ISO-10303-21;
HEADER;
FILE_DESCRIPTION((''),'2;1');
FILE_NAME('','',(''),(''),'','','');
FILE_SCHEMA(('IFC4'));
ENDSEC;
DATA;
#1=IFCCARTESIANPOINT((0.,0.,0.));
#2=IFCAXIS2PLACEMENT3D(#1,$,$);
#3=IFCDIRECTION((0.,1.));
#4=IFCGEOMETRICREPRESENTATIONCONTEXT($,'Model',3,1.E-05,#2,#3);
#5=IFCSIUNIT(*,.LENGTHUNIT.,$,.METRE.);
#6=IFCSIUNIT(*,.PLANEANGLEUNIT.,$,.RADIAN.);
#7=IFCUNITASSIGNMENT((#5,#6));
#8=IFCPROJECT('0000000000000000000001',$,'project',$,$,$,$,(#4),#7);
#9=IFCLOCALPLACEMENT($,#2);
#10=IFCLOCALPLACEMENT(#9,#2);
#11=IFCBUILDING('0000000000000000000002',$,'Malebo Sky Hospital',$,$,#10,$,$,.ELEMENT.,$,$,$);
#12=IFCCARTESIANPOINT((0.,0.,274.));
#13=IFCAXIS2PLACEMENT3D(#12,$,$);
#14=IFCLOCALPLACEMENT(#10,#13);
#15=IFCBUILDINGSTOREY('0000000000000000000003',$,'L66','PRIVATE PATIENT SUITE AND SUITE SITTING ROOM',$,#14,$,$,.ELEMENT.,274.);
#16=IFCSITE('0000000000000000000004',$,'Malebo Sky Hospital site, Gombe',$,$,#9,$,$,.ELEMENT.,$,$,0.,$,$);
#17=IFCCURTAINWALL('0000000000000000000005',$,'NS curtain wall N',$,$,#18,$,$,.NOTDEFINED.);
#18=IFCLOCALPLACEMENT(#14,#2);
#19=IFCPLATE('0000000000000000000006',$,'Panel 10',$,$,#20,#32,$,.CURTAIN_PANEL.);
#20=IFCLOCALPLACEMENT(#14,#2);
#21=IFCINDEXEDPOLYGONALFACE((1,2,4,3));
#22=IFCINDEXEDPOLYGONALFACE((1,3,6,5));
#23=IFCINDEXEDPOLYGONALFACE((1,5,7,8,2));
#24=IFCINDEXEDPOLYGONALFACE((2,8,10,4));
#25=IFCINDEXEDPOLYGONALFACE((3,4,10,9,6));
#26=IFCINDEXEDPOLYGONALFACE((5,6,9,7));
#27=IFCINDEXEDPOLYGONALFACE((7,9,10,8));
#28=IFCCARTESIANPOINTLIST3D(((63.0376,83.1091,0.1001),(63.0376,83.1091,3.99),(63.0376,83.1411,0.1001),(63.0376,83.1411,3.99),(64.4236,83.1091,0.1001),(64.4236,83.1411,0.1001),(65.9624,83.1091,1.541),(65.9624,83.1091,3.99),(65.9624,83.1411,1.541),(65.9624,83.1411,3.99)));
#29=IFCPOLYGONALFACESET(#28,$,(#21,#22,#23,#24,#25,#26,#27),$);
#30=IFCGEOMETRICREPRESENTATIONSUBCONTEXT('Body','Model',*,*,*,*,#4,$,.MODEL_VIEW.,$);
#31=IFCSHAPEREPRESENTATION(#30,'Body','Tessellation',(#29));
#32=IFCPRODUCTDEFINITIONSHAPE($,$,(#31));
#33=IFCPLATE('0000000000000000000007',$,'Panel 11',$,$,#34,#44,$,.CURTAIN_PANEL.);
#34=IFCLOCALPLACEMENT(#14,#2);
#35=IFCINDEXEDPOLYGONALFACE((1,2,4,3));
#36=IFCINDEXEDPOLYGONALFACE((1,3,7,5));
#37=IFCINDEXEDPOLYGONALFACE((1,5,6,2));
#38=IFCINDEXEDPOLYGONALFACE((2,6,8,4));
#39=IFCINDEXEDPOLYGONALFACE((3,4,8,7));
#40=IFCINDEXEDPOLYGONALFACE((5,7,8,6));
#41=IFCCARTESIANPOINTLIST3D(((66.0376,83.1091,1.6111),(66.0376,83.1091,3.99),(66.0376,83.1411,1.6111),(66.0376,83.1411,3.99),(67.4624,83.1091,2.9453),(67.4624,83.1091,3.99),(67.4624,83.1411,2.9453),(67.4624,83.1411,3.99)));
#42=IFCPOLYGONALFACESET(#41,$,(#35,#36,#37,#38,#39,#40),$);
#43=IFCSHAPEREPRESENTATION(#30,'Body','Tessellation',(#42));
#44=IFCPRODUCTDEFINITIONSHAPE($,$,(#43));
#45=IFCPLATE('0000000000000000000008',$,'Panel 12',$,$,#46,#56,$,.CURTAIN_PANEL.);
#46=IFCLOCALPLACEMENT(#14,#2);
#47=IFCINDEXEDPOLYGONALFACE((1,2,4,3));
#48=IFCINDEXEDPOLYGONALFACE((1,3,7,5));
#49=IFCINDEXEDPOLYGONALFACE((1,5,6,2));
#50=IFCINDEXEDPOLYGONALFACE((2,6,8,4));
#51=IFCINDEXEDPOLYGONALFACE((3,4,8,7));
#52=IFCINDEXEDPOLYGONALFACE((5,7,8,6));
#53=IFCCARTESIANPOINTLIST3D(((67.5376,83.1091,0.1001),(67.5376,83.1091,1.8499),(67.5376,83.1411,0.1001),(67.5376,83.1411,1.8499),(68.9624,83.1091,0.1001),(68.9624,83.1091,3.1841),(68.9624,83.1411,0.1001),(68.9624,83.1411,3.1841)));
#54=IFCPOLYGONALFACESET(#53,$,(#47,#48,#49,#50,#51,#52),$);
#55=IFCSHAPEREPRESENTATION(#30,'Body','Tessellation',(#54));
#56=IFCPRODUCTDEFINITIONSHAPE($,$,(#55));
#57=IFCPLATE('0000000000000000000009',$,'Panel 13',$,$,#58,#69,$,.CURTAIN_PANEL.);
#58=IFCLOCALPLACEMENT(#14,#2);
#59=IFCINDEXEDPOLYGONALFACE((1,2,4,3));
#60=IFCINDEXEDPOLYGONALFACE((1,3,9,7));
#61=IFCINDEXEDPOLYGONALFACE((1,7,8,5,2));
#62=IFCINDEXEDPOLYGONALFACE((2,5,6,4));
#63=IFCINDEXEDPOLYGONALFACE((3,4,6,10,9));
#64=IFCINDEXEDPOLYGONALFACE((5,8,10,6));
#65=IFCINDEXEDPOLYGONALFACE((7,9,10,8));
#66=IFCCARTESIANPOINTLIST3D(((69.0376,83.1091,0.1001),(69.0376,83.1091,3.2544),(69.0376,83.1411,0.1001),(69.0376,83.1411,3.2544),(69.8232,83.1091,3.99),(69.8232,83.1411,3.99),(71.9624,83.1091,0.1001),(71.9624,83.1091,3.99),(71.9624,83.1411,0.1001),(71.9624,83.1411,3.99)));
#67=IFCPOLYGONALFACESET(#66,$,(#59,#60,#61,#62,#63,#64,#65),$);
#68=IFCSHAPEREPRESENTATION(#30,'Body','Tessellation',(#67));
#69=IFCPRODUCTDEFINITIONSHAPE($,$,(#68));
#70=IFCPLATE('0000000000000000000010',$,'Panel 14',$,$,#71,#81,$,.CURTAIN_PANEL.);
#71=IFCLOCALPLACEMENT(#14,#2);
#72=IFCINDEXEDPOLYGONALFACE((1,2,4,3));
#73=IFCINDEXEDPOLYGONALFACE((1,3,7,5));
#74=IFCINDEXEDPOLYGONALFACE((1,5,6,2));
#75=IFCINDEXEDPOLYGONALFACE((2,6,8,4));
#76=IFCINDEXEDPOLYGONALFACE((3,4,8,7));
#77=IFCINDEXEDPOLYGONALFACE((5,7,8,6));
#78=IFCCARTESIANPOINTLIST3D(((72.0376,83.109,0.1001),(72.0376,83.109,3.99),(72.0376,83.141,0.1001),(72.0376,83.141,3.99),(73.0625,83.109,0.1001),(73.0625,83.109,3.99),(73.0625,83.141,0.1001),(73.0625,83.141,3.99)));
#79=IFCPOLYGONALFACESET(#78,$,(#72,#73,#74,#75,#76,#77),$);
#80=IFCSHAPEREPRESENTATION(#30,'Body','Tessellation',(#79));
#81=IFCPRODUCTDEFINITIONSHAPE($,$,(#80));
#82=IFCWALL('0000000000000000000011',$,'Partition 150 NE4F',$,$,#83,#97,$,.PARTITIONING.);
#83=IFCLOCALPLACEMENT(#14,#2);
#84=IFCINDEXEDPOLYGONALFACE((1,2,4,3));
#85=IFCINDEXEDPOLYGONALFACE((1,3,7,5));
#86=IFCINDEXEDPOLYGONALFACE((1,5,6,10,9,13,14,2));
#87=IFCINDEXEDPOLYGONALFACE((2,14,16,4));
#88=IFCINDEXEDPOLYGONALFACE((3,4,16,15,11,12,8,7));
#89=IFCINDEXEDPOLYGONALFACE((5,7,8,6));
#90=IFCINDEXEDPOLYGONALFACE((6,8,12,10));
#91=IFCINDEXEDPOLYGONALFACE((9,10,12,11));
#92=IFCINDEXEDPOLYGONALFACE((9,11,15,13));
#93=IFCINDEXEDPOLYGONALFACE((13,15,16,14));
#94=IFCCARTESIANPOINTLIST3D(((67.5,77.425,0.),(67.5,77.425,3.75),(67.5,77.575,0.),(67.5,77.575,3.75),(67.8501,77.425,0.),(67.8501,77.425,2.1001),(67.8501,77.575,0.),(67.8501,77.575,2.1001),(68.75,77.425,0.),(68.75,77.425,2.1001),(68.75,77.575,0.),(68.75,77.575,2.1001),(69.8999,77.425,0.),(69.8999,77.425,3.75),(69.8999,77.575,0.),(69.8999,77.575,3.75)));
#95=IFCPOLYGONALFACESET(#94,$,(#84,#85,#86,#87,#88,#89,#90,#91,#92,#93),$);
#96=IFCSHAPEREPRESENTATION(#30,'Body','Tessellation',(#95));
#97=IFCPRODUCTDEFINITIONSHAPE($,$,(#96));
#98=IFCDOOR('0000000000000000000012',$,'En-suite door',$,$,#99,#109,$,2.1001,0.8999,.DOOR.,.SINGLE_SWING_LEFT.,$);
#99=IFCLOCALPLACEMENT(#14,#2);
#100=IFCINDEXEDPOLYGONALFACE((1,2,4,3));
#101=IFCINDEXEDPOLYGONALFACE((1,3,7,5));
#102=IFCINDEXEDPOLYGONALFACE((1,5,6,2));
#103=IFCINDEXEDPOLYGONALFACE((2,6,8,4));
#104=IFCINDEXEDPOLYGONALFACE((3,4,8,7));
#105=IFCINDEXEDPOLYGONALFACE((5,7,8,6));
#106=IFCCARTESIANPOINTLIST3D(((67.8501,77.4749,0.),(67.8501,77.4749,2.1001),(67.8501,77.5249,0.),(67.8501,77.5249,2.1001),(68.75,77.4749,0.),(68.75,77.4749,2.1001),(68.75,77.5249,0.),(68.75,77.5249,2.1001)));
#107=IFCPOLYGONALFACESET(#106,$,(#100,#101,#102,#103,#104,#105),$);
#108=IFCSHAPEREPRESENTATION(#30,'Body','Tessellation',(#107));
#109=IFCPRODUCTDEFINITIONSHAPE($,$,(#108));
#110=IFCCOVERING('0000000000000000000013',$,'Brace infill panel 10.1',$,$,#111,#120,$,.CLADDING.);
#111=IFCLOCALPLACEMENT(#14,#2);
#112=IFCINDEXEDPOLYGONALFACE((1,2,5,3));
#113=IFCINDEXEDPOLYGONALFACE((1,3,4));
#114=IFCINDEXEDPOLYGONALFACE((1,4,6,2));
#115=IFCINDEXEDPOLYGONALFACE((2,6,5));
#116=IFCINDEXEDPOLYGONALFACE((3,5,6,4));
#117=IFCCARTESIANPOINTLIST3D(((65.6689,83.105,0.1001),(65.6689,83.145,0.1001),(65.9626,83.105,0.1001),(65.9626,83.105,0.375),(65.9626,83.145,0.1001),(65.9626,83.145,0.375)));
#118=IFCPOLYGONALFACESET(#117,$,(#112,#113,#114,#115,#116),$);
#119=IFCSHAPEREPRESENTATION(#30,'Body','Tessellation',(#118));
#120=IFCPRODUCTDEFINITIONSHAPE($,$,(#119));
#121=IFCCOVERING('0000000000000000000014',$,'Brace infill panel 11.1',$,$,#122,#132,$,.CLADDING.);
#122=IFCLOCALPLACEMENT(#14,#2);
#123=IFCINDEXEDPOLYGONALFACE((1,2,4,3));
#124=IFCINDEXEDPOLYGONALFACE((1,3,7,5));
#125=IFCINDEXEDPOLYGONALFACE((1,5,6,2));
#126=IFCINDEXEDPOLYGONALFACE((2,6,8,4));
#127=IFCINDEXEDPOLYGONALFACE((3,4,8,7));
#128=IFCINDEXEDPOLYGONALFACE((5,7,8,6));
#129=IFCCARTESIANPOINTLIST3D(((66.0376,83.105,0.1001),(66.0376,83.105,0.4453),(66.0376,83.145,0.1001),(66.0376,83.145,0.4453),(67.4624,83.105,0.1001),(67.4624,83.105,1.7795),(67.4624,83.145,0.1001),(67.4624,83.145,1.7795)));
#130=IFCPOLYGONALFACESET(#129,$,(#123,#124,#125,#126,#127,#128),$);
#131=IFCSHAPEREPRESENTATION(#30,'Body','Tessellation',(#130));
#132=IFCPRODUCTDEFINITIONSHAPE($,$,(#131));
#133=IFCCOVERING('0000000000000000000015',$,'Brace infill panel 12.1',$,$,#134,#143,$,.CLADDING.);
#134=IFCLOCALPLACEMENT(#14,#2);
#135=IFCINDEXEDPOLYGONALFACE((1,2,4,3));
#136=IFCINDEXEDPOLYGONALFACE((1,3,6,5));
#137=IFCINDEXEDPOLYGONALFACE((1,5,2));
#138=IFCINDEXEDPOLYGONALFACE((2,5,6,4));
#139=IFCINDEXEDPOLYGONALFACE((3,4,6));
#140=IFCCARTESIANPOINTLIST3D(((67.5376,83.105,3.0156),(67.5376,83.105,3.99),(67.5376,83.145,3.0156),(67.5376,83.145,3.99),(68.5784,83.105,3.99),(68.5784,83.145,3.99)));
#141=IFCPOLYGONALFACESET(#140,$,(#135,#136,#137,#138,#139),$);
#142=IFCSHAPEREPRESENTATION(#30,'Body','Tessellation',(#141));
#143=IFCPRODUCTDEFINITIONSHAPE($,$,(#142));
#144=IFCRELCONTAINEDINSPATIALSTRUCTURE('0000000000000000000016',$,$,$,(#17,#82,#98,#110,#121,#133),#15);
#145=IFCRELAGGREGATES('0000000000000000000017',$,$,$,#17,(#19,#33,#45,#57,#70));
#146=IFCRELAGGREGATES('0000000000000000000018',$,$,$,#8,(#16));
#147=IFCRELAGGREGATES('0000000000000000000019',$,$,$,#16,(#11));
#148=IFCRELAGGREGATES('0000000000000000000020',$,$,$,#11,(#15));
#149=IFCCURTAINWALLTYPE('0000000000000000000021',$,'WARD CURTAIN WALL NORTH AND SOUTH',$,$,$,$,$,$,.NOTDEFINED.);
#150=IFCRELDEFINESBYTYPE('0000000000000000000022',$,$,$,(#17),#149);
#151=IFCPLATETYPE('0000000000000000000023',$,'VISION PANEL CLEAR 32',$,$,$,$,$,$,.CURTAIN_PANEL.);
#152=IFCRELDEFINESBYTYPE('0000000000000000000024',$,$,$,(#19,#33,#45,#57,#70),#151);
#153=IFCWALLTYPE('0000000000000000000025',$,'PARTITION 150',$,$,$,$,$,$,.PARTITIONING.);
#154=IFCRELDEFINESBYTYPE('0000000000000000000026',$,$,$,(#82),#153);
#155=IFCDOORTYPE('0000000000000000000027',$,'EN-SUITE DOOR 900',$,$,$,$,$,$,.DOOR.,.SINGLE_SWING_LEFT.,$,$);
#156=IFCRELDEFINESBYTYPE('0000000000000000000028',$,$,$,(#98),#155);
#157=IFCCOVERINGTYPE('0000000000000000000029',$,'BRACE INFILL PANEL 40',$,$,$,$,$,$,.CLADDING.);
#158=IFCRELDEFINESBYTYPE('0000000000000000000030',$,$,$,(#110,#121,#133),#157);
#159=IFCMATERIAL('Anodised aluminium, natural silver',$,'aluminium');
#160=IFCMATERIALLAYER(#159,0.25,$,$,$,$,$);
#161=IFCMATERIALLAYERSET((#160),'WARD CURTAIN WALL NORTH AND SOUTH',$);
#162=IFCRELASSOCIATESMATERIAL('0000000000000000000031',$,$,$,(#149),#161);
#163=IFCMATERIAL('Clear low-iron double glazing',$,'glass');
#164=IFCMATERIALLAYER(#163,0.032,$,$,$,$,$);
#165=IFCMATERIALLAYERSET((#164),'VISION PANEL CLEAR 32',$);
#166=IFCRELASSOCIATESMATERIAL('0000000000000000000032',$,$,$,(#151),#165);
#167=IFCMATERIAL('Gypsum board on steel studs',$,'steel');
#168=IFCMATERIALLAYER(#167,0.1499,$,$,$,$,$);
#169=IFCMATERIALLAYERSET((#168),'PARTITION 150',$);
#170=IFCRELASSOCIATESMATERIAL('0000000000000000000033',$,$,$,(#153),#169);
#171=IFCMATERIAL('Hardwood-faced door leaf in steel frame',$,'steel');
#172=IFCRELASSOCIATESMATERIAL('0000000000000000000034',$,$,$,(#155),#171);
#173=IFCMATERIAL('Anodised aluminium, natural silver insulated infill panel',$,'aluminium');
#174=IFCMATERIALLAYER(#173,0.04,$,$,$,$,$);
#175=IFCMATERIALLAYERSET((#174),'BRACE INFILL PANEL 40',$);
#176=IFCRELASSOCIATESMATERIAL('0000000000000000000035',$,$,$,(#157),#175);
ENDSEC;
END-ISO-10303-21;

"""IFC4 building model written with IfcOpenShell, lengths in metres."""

from ifc_helpers import new_model, si_unit, direction, frame, frame_2d, origin, origin_2d, place, context, subcontext, project, spatial, polyline, rectangle, outline, extrude, material, layer, layer_set, type_object, element, fill, aggregate, save


model = new_model("IFC4")

# Units and contexts
model_context = context("Model", 3, precision=1e-05, world=origin(), true_north=direction((0.0, 1.0)))
body_context = subcontext(model_context, "Body", "Model", "MODEL_VIEW")
ifc_project = project(units=[si_unit("LENGTHUNIT", "METRE"), si_unit("PLANEANGLEUNIT", "RADIAN")], contexts=[model_context])

# Site, building, storey
site_placement = place(None, origin())
site = spatial("IfcSite", under=ifc_project, at=site_placement, Name="Malebo Sky Hospital site, Gombe", CompositionType="ELEMENT", RefElevation=0.0)
building_placement = place(site_placement, origin())
building = spatial("IfcBuilding", under=site, at=building_placement, Name="Malebo Sky Hospital", CompositionType="ELEMENT")
storey_placement = place(building_placement, frame((0.0, 0.0, 274.0)))
storey = spatial("IfcBuildingStorey", under=building, at=storey_placement, Name="L66", Description="PRIVATE PATIENT SUITE AND SUITE SITTING ROOM", CompositionType="ELEMENT", Elevation=274.0)

# Curtain wall
ifc_material_1 = material(Name="Anodised aluminium, natural silver", Category="aluminium")
ifc_layer_1 = layer(ifc_material_1, 0.25)
ifc_layer_set_1 = layer_set([ifc_layer_1], Name="WARD CURTAIN WALL NORTH AND SOUTH")
curtain_wall_type = type_object("IfcCurtainWallType", Name="WARD CURTAIN WALL NORTH AND SOUTH", PredefinedType="NOTDEFINED", material=ifc_layer_set_1)
curtain_wall_placement = place(storey_placement, origin())
curtain_wall = element("IfcCurtainWall", 1, at=curtain_wall_placement, inside=storey, type_object=curtain_wall_type, Name="NS curtain wall N", PredefinedType="NOTDEFINED")

# Plates
ifc_material_2 = material(Name="Clear low-iron double glazing", Category="glass")
ifc_layer_2 = layer(ifc_material_2, 0.032)
ifc_layer_set_2 = layer_set([ifc_layer_2], Name="VISION PANEL CLEAR 32")
plate_type = type_object("IfcPlateType", Name="VISION PANEL CLEAR 32", PredefinedType="CURTAIN_PANEL", material=ifc_layer_set_2)
plate_1_placement = place(storey_placement, frame((64.5, 83.125, 0.1001), z_axis=(0.0, 0.0, 1.0), x_axis=(1.0, 0.0, 0.0)))
plate_1 = element("IfcPlate", 2, at=plate_1_placement, type_object=plate_type, Name="Panel 10", PredefinedType="CURTAIN_PANEL", context=body_context, shape_type="SweptSolid", body=[
    extrude(outline(polyline([(-1.4624, 0.0), (-0.0764, 0.0), (1.4624, 1.4409), (1.4624, 3.8899), (-1.4624, 3.8899), (-1.4624, 0.0)])), frame((0.0, 0.0161, 0.0), z_axis=(0.0, -1.0, 0.0), x_axis=(1.0, 0.0, 0.0)), (0.0, 0.0, 1.0), 0.032),
])
plate_2_placement = place(storey_placement, frame((66.75, 83.125, 1.6111), z_axis=(0.0, 0.0, 1.0), x_axis=(1.0, 0.0, 0.0)))
plate_2 = element("IfcPlate", 3, at=plate_2_placement, type_object=plate_type, Name="Panel 11", PredefinedType="CURTAIN_PANEL", context=body_context, shape_type="SweptSolid", body=[
    extrude(outline(polyline([(-0.7124, 0.0), (0.7124, 1.3342), (0.7124, 2.3789), (-0.7124, 2.3789), (-0.7124, 0.0)])), frame((0.0, 0.0161, 0.0), z_axis=(0.0, -1.0, 0.0), x_axis=(1.0, 0.0, 0.0)), (0.0, 0.0, 1.0), 0.032),
])
plate_3_placement = place(storey_placement, frame((68.25, 83.125, 0.1001), z_axis=(0.0, 0.0, 1.0), x_axis=(1.0, 0.0, 0.0)))
plate_3 = element("IfcPlate", 4, at=plate_3_placement, type_object=plate_type, Name="Panel 12", PredefinedType="CURTAIN_PANEL", context=body_context, shape_type="SweptSolid", body=[
    extrude(outline(polyline([(-0.7124, 0.0), (0.7124, 0.0), (0.7124, 3.084), (-0.7124, 1.7498), (-0.7124, 0.0)])), frame((0.0, 0.0161, 0.0), z_axis=(0.0, -1.0, 0.0), x_axis=(1.0, 0.0, 0.0)), (0.0, 0.0, 1.0), 0.032),
])
plate_4_placement = place(storey_placement, frame((70.5, 83.125, 0.1001), z_axis=(0.0, 0.0, 1.0), x_axis=(1.0, 0.0, 0.0)))
plate_4 = element("IfcPlate", 5, at=plate_4_placement, type_object=plate_type, Name="Panel 13", PredefinedType="CURTAIN_PANEL", context=body_context, shape_type="SweptSolid", body=[
    extrude(outline(polyline([(-1.4624, 0.0), (1.4624, 0.0), (1.4624, 3.8899), (-0.6768, 3.8899), (-1.4624, 3.1543), (-1.4624, 0.0)])), frame((0.0, 0.0161, 0.0), z_axis=(0.0, -1.0, 0.0), x_axis=(1.0, 0.0, 0.0)), (0.0, 0.0, 1.0), 0.032),
])
plate_5_placement = place(storey_placement, frame((72.55, 83.125, 0.1001), z_axis=(0.0, 0.0, 1.0), x_axis=(1.0, 0.0, 0.0)))
plate_5 = element("IfcPlate", 6, at=plate_5_placement, type_object=plate_type, Name="Panel 14", PredefinedType="CURTAIN_PANEL", context=body_context, shape_type="SweptSolid", body=[
    extrude(rectangle(XDim=1.0249, YDim=0.032, at=origin_2d()), origin(), (0.0, 0.0, 1.0), 3.8899),
])
aggregate(curtain_wall, [plate_1, plate_2, plate_3, plate_4, plate_5])

# Wall, opening, door
ifc_material_3 = material(Name="Gypsum board on steel studs", Category="steel")
ifc_layer_3 = layer(ifc_material_3, 0.1499)
ifc_layer_set_3 = layer_set([ifc_layer_3], Name="PARTITION 150")
wall_type = type_object("IfcWallType", Name="PARTITION 150", PredefinedType="PARTITIONING", material=ifc_layer_set_3)
wall_placement = place(storey_placement, frame((67.5, 77.5, 0.0), z_axis=(0.0, 0.0, 1.0), x_axis=(1.0, 0.0, 0.0)))
wall = element("IfcWall", 7, at=wall_placement, inside=storey, type_object=wall_type, Name="Partition 150 NE4F", PredefinedType="PARTITIONING", context=body_context, shape_type="SweptSolid", body=[
    extrude(rectangle(XDim=2.3999, YDim=0.1499, at=frame_2d((1.2, 0.0))), origin(), (0.0, 0.0, 1.0), 3.75),
])
opening_placement = place(wall_placement, frame((0.3501, 0.0, 0.0)))
opening = element("IfcOpeningElement", 8, at=opening_placement, cuts=wall, PredefinedType="OPENING", context=body_context, shape_type="SweptSolid", body=[
    extrude(rectangle(XDim=0.8999, YDim=2.1001, at=frame_2d((0.45, 1.05))), frame((0.0, 0.085, 0.0), z_axis=(0.0, -1.0, 0.0), x_axis=(1.0, 0.0, 0.0)), (0.0, 0.0, 1.0), 0.1699),
])
ifc_material_4 = material(Name="Hardwood-faced door leaf in steel frame", Category="steel")
door_type = type_object("IfcDoorType", Name="EN-SUITE DOOR 900", OperationType="SINGLE_SWING_LEFT", PredefinedType="DOOR", material=ifc_material_4)
door_placement = place(opening_placement, origin())
door = element("IfcDoor", 9, at=door_placement, inside=storey, type_object=door_type, Name="En-suite door", OperationType="SINGLE_SWING_LEFT", OverallHeight=2.1001, OverallWidth=0.8999, PredefinedType="DOOR", context=body_context, shape_type="SweptSolid", body=[
    extrude(rectangle(XDim=0.8999, YDim=2.1001, at=frame_2d((0.45, 1.05))), frame((0.0, 0.0249, 0.0), z_axis=(0.0, -1.0, 0.0), x_axis=(1.0, 0.0, 0.0)), (0.0, 0.0, 1.0), 0.05),
])
fill(opening, door)

# Coverings
ifc_material_5 = material(Name="Anodised aluminium, natural silver insulated infill panel", Category="aluminium")
ifc_layer_4 = layer(ifc_material_5, 0.04)
ifc_layer_set_4 = layer_set([ifc_layer_4], Name="BRACE INFILL PANEL 40")
covering_type = type_object("IfcCoveringType", Name="BRACE INFILL PANEL 40", PredefinedType="CLADDING", material=ifc_layer_set_4)
covering_1_placement = place(storey_placement, frame((65.8157, 83.125, 0.1001), z_axis=(0.0, 0.0, 1.0), x_axis=(1.0, 0.0, 0.0)))
element("IfcCovering", 10, at=covering_1_placement, inside=storey, type_object=covering_type, Name="Brace infill panel 10.1", PredefinedType="CLADDING", context=body_context, shape_type="SweptSolid", body=[
    extrude(outline(polyline([(-0.1467, 0.0), (0.147, 0.0), (0.147, 0.2749), (-0.1467, 0.0)])), frame((0.0, 0.02, 0.0), z_axis=(0.0, -1.0, 0.0), x_axis=(1.0, 0.0, 0.0)), (0.0, 0.0, 1.0), 0.04),
])
covering_2_placement = place(storey_placement, frame((66.75, 83.125, 0.1001), z_axis=(0.0, 0.0, 1.0), x_axis=(1.0, 0.0, 0.0)))
element("IfcCovering", 11, at=covering_2_placement, inside=storey, type_object=covering_type, Name="Brace infill panel 11.1", PredefinedType="CLADDING", context=body_context, shape_type="SweptSolid", body=[
    extrude(outline(polyline([(-0.7124, 0.0), (0.7124, 0.0), (0.7124, 1.6794), (-0.7124, 0.3452), (-0.7124, 0.0)])), frame((0.0, 0.02, 0.0), z_axis=(0.0, -1.0, 0.0), x_axis=(1.0, 0.0, 0.0)), (0.0, 0.0, 1.0), 0.04),
])
covering_3_placement = place(storey_placement, frame((68.0579, 83.125, 3.0156), z_axis=(0.0, 0.0, 1.0), x_axis=(1.0, 0.0, 0.0)))
element("IfcCovering", 12, at=covering_3_placement, inside=storey, type_object=covering_type, Name="Brace infill panel 12.1", PredefinedType="CLADDING", context=body_context, shape_type="SweptSolid", body=[
    extrude(outline(polyline([(-0.5203, 0.0), (0.5205, 0.9744), (-0.5203, 0.9744), (-0.5203, 0.0)])), frame((0.0, 0.02, 0.0), z_axis=(0.0, -1.0, 0.0), x_axis=(1.0, 0.0, 0.0)), (0.0, 0.0, 1.0), 0.04),
])

save(model, "model.ifc")
